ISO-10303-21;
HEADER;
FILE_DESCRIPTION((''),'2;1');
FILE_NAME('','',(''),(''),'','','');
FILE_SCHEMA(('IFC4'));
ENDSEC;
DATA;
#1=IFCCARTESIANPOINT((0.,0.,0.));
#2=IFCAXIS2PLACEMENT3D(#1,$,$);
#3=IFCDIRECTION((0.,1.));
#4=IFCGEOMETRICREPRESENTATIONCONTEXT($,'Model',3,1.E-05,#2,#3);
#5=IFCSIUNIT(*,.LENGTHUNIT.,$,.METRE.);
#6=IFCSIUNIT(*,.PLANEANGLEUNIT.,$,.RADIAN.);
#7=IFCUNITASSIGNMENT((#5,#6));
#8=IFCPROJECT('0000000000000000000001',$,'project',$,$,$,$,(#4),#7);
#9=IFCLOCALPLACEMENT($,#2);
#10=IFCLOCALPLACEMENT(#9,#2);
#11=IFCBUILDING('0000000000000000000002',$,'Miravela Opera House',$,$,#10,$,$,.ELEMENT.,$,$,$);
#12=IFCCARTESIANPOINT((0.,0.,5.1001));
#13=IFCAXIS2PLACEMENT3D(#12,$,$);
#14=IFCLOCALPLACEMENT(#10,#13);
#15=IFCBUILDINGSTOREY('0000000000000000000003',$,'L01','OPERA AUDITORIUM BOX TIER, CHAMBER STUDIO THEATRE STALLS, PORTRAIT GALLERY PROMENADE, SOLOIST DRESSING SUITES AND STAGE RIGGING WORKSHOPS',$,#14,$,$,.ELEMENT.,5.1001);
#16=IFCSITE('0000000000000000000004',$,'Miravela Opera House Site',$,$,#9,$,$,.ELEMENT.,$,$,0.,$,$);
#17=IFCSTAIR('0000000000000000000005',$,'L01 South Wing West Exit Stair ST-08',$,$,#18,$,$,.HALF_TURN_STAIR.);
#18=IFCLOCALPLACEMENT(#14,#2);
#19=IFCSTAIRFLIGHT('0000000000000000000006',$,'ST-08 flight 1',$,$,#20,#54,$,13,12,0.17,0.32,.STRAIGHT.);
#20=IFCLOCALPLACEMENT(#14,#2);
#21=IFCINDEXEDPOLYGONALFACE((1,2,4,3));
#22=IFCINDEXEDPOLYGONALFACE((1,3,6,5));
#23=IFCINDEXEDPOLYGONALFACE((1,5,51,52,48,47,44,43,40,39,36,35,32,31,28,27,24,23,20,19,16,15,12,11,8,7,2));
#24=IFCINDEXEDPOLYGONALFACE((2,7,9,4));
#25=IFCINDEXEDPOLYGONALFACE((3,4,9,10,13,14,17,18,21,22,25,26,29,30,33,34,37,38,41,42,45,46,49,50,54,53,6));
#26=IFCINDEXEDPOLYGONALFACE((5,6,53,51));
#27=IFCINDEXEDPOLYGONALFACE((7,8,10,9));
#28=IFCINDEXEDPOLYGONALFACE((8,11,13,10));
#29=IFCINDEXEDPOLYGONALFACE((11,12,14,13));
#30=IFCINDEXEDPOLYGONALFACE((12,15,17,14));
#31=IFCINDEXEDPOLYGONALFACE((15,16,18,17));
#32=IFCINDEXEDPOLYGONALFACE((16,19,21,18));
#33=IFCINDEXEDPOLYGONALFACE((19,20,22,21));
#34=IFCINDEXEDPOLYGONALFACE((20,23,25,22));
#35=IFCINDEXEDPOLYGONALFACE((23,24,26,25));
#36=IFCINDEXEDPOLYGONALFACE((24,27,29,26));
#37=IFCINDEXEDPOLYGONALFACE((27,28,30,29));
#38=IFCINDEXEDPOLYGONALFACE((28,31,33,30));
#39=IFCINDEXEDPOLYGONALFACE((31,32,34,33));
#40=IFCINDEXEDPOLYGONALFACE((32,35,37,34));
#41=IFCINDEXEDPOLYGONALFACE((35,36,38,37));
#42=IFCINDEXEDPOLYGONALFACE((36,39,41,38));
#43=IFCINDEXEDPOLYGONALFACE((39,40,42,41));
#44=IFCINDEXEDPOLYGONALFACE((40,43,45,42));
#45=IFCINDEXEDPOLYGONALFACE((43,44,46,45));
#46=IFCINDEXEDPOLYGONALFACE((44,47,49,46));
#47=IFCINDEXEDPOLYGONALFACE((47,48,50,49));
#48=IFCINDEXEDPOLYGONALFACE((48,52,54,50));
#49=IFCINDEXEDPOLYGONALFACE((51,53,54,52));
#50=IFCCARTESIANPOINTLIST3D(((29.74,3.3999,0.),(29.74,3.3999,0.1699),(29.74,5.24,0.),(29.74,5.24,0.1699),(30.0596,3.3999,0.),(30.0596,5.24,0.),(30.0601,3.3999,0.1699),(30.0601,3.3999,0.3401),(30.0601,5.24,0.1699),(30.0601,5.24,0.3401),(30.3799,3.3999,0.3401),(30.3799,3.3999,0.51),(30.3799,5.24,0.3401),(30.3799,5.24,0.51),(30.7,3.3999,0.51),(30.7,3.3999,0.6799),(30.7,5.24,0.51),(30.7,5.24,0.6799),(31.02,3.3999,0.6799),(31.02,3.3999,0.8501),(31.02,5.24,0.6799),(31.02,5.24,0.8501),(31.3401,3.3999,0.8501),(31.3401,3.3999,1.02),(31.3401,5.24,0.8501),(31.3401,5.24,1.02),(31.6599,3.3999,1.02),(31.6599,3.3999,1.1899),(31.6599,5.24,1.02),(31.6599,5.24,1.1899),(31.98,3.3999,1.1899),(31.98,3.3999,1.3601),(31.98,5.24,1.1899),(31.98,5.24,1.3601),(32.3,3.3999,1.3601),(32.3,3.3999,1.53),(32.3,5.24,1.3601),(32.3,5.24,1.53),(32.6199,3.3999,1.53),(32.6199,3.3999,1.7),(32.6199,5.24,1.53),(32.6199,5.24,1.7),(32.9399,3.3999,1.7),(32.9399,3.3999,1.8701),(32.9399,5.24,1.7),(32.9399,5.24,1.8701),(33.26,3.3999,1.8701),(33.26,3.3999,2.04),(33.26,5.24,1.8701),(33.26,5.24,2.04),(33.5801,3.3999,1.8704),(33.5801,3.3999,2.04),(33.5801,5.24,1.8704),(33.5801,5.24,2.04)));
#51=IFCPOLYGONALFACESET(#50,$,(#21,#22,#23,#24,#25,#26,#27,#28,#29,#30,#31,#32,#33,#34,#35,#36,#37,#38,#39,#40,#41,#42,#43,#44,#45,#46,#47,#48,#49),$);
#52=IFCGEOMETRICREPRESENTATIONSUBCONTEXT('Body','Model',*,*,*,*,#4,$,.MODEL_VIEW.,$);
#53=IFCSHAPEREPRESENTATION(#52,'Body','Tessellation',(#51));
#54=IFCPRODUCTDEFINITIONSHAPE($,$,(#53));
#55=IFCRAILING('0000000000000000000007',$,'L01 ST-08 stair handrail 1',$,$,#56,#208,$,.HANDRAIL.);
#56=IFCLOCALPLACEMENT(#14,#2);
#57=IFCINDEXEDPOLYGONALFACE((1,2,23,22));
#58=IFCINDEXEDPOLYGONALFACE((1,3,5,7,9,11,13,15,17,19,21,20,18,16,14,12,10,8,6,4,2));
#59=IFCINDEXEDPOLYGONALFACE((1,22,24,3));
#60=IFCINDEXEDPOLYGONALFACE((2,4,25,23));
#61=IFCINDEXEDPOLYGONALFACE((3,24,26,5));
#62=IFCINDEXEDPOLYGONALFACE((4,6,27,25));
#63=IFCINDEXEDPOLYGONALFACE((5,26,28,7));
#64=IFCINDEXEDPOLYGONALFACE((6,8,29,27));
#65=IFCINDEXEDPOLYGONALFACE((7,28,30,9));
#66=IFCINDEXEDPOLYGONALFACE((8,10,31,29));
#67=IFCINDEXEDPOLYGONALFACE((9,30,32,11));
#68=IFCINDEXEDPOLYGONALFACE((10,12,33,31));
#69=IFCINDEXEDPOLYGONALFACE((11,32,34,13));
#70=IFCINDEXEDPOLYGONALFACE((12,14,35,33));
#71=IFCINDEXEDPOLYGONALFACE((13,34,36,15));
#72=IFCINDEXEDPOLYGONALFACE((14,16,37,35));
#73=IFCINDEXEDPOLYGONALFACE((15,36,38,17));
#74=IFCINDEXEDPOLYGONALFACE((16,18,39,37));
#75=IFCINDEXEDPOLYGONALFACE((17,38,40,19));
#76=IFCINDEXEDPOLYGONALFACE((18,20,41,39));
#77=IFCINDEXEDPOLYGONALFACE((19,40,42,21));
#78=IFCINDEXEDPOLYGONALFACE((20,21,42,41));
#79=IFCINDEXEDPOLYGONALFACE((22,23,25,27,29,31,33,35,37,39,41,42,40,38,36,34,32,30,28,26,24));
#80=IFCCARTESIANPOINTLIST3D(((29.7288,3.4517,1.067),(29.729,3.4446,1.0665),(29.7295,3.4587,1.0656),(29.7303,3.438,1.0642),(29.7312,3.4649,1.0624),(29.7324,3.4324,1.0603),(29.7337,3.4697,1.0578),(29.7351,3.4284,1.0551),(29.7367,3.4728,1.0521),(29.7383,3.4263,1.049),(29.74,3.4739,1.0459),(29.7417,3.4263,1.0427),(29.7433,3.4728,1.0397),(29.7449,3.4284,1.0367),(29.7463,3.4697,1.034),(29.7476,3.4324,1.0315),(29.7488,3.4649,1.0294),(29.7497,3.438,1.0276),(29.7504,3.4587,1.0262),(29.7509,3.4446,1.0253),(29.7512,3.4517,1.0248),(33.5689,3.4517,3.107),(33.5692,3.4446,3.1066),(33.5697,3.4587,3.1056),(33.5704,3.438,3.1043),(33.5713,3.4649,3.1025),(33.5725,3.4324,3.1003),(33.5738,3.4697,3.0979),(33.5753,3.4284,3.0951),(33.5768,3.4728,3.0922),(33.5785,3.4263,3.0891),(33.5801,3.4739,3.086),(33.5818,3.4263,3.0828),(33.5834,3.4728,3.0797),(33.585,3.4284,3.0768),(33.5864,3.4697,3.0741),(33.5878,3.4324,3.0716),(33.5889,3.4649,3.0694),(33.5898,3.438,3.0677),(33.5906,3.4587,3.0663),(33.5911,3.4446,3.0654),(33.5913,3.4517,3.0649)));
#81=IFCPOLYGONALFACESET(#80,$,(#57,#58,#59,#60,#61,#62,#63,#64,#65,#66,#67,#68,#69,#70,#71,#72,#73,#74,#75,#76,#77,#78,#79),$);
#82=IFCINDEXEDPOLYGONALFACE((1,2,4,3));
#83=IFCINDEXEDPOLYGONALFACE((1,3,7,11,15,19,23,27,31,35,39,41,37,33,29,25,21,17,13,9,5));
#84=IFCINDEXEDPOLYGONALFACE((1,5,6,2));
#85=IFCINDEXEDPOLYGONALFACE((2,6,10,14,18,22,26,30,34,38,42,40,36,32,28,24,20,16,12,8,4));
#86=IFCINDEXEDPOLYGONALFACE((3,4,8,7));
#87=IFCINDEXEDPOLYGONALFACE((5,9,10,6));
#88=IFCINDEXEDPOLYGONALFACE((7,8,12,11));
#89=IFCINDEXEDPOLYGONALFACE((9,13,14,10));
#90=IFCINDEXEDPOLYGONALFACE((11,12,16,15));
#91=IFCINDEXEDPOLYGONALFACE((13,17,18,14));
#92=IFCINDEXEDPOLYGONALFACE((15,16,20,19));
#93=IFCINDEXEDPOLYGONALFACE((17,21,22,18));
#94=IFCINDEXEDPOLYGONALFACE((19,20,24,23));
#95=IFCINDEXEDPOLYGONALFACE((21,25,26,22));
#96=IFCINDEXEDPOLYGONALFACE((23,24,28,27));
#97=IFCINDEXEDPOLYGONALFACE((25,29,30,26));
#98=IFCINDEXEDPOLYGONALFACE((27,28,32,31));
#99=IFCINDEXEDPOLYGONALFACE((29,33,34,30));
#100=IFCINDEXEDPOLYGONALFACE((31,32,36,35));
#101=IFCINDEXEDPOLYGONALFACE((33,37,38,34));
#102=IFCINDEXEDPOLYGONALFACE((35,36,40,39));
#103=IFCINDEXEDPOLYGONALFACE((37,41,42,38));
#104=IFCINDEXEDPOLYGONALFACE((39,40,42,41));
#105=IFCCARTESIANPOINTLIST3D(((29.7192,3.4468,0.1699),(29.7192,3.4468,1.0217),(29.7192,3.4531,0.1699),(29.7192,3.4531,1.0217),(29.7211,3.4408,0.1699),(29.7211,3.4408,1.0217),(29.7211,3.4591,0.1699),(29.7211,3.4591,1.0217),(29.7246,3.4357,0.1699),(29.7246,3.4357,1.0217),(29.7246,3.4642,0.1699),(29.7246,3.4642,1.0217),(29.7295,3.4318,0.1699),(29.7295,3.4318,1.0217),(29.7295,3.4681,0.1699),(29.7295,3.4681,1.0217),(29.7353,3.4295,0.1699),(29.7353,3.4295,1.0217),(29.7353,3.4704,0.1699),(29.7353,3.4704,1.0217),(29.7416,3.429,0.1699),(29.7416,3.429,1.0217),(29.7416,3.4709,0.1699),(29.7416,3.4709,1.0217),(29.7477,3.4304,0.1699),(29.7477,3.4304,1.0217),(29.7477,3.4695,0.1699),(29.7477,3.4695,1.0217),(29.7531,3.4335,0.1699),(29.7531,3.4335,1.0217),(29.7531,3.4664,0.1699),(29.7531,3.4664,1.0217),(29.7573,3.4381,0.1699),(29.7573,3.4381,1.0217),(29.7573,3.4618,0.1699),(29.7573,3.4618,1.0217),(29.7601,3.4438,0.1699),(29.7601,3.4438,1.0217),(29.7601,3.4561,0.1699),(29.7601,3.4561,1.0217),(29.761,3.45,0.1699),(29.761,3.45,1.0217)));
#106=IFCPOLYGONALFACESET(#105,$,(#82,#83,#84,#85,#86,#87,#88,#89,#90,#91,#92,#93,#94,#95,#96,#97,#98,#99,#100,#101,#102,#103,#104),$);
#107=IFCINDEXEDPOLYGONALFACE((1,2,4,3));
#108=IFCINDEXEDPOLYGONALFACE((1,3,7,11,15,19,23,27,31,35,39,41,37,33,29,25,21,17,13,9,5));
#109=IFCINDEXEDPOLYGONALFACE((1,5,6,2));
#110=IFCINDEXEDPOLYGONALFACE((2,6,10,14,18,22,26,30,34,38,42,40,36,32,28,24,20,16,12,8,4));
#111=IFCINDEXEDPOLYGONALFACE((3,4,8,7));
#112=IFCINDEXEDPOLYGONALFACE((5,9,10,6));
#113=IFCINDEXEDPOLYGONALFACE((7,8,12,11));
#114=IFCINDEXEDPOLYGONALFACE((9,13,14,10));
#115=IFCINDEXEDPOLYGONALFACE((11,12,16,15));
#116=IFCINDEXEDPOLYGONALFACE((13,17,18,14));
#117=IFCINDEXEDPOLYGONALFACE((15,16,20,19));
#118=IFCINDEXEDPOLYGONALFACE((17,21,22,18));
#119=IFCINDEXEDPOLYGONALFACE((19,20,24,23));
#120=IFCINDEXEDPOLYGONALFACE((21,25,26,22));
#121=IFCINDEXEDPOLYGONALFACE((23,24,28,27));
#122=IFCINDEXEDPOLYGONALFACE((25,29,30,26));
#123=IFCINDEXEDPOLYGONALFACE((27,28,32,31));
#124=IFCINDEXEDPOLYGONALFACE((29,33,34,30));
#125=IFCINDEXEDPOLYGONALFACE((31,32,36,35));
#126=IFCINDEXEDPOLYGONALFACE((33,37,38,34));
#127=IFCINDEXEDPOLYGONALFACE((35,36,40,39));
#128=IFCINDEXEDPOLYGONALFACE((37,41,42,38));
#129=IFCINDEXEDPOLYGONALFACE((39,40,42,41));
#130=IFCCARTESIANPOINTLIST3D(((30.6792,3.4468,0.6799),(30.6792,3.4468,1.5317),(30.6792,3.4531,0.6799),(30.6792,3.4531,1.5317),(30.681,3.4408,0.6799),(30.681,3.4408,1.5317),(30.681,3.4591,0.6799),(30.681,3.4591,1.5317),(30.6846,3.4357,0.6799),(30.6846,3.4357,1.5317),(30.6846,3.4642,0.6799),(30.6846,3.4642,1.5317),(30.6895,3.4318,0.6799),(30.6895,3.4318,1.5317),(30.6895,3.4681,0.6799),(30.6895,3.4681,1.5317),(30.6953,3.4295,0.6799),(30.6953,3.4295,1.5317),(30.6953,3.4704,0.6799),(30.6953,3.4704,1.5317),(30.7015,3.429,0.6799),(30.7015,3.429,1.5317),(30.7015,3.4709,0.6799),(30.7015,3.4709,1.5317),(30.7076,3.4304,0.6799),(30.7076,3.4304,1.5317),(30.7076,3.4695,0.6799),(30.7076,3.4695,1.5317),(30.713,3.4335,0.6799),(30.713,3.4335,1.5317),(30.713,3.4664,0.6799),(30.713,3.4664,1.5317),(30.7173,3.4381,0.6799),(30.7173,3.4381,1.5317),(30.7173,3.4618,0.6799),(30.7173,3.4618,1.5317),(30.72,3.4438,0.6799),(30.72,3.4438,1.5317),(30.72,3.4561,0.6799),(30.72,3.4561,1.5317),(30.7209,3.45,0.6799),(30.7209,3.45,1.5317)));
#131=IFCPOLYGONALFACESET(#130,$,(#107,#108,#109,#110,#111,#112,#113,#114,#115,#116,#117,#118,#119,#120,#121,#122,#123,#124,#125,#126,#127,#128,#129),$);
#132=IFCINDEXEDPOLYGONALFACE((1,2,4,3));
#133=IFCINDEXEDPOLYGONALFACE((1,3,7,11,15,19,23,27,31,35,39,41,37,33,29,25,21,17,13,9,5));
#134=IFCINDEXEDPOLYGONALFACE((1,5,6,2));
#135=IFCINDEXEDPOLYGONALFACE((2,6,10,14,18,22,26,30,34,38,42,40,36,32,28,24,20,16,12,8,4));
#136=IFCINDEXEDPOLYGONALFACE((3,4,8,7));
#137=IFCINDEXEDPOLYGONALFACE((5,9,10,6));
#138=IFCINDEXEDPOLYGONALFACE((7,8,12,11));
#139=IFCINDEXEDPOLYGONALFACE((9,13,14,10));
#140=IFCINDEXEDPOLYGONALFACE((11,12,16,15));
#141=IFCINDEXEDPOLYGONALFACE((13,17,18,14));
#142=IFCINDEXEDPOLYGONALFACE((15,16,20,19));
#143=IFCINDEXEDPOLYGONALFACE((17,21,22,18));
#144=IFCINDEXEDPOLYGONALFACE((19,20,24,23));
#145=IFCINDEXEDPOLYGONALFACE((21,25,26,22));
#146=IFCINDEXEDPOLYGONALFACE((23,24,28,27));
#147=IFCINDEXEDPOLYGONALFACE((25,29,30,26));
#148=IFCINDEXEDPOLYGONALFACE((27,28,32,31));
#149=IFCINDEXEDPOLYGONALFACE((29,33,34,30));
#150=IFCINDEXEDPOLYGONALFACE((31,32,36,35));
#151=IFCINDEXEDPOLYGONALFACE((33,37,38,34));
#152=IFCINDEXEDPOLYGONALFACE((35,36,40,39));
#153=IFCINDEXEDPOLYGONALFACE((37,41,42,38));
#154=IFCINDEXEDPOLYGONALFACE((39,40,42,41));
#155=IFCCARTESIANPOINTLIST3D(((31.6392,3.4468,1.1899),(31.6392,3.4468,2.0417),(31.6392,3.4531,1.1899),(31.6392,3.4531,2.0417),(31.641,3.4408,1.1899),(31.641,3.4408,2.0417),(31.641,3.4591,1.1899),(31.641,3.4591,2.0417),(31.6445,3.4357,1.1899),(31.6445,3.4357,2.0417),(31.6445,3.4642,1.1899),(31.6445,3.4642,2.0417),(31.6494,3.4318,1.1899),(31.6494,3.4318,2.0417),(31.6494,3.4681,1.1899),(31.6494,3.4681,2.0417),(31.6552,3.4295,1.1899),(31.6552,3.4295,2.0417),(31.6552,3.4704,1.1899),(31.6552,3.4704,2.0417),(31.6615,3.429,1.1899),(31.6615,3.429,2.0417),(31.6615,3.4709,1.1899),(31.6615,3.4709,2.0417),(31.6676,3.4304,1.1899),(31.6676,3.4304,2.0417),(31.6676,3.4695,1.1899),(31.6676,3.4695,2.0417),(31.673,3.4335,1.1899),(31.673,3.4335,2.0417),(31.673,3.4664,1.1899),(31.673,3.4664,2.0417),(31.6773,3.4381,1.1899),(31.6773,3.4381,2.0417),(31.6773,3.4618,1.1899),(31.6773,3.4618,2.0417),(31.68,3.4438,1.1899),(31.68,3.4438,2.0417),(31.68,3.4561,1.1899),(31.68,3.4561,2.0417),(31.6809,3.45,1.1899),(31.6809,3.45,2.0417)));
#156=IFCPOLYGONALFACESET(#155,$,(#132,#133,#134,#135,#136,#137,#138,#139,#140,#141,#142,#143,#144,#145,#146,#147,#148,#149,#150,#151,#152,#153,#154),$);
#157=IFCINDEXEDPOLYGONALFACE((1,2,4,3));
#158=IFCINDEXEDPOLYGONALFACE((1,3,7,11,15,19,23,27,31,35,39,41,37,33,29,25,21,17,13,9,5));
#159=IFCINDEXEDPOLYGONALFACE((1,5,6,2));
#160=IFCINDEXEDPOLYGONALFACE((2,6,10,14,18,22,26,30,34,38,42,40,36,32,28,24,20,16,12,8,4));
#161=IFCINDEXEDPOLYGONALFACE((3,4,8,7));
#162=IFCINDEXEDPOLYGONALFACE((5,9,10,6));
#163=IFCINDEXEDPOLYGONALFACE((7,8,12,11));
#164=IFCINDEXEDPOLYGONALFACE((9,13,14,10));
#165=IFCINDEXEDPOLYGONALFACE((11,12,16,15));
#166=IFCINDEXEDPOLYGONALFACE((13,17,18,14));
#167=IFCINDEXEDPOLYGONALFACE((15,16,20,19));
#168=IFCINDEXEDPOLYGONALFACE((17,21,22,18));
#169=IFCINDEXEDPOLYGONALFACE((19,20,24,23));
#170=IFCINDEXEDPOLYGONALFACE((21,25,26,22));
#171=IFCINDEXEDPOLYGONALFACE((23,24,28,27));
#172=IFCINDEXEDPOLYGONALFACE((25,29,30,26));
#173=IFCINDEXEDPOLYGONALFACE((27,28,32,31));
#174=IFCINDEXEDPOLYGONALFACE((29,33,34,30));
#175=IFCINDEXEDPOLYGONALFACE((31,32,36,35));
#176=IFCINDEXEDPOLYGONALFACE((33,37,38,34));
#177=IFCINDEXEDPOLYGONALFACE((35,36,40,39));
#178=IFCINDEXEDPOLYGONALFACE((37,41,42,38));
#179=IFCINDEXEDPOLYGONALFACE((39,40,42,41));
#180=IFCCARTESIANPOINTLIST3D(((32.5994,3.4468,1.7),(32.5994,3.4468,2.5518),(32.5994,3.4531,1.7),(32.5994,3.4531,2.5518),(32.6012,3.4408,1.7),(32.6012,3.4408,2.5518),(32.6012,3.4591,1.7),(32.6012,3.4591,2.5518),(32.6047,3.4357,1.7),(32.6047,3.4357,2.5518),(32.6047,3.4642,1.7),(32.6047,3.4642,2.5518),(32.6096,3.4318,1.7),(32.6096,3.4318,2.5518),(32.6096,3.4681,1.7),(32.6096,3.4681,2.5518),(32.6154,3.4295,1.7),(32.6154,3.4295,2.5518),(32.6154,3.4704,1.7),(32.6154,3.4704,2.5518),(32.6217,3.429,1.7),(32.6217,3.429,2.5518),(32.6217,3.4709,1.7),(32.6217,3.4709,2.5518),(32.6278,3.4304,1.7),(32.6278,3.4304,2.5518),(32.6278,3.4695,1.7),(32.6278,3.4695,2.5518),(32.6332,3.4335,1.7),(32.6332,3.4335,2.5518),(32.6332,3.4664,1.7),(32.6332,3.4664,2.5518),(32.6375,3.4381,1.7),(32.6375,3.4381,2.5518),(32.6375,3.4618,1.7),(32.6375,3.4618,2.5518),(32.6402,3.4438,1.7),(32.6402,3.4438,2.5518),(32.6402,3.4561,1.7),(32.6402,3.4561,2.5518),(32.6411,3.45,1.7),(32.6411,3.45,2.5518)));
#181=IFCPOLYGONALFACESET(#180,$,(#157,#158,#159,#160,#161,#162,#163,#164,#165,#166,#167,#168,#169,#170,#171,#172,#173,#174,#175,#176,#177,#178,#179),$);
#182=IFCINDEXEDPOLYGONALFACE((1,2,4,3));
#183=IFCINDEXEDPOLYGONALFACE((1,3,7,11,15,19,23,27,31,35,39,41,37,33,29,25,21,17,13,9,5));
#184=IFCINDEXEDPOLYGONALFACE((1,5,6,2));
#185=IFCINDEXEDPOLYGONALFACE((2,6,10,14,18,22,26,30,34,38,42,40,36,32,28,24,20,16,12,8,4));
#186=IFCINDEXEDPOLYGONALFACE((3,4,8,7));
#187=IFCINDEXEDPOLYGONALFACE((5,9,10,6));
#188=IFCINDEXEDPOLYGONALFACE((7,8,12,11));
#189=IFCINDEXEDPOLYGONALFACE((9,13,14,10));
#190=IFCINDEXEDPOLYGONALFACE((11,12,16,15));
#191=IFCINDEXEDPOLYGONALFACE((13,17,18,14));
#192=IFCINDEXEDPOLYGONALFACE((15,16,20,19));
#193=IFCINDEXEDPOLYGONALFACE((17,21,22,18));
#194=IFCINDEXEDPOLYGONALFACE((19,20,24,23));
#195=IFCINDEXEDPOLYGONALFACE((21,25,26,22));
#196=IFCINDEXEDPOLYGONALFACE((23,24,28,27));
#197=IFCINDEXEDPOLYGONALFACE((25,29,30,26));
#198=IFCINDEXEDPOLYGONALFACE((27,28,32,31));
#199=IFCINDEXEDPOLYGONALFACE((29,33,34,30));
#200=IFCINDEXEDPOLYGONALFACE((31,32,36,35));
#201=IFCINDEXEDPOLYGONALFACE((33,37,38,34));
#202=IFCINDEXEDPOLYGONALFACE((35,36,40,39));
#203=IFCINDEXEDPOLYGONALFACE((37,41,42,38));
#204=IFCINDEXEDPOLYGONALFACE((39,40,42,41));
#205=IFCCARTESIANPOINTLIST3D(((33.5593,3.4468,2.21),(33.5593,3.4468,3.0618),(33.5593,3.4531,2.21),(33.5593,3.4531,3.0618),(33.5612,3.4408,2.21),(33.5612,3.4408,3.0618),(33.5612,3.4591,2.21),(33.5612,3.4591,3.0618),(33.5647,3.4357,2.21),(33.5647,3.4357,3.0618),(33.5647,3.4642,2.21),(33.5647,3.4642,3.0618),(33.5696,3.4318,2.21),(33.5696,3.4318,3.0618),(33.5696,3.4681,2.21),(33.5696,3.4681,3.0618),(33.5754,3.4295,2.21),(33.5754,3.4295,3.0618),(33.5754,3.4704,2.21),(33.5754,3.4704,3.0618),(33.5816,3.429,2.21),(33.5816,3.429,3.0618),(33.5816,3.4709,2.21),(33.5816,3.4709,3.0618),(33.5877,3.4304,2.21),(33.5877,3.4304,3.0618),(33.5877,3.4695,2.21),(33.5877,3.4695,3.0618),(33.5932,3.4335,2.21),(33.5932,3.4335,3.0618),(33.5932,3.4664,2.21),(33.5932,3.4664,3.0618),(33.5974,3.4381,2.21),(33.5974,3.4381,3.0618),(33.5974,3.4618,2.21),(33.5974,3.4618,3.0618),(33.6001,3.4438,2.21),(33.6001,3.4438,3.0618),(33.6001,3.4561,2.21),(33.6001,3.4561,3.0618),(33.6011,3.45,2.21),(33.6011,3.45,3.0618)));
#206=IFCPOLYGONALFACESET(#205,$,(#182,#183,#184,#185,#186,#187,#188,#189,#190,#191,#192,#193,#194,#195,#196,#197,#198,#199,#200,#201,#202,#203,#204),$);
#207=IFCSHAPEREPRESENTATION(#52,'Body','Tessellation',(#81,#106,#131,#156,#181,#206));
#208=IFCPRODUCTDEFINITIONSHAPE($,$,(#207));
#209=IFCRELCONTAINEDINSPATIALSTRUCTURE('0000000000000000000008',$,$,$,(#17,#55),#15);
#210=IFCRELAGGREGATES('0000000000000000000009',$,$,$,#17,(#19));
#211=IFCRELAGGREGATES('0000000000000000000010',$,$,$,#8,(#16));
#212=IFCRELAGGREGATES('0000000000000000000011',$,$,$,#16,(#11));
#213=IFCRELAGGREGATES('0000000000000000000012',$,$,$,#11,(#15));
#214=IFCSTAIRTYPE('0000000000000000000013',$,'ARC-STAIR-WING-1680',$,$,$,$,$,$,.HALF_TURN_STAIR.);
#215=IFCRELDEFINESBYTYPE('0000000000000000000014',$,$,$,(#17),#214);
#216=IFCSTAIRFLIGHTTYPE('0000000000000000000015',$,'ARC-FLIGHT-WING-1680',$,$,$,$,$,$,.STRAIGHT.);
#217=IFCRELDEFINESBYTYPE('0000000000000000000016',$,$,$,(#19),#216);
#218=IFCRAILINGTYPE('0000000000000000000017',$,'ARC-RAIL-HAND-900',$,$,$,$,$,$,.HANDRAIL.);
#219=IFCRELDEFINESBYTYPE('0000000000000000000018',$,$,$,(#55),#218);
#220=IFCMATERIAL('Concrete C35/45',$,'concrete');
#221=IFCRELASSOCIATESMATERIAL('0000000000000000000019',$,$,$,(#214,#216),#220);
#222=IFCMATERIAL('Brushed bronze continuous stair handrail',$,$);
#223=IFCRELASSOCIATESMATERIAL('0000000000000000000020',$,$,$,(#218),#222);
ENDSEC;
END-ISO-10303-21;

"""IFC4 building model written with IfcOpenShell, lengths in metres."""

from ifc_helpers import new_model, si_unit, direction, frame, origin, origin_2d, place, context, subcontext, project, spatial, polyline, circle, outline, extrude, material, type_object, element, aggregate, save


model = new_model("IFC4")

# Units and contexts
model_context = context("Model", 3, precision=1e-05, world=origin(), true_north=direction((0.0, 1.0)))
body_context = subcontext(model_context, "Body", "Model", "MODEL_VIEW")
ifc_project = project(units=[si_unit("LENGTHUNIT", "METRE"), si_unit("PLANEANGLEUNIT", "RADIAN")], contexts=[model_context])

# Site, building, storey
site_placement = place(None, origin())
site = spatial("IfcSite", under=ifc_project, at=site_placement, Name="Miravela Opera House Site", CompositionType="ELEMENT", RefElevation=0.0)
building_placement = place(site_placement, origin())
building = spatial("IfcBuilding", under=site, at=building_placement, Name="Miravela Opera House", CompositionType="ELEMENT")
storey_placement = place(building_placement, frame((0.0, 0.0, 5.1001)))
storey = spatial("IfcBuildingStorey", under=building, at=storey_placement, Name="L01", Description="OPERA AUDITORIUM BOX TIER, CHAMBER STUDIO THEATRE STALLS, PORTRAIT GALLERY PROMENADE, SOLOIST DRESSING SUITES AND STAGE RIGGING WORKSHOPS", CompositionType="ELEMENT", Elevation=5.1001)

# Shared definitions
ifc_material_1 = material(Name="Concrete C35/45", Category="concrete")

# Stair, stair flight
stair_type = type_object("IfcStairType", Name="ARC-STAIR-WING-1680", PredefinedType="HALF_TURN_STAIR", material=ifc_material_1)
stair_placement = place(storey_placement, origin())
stair = element("IfcStair", 1, at=stair_placement, inside=storey, type_object=stair_type, Name="L01 South Wing West Exit Stair ST-08", PredefinedType="HALF_TURN_STAIR")
stair_flight_type = type_object("IfcStairFlightType", Name="ARC-FLIGHT-WING-1680", PredefinedType="STRAIGHT", material=ifc_material_1)
stair_flight_placement = place(storey_placement, frame((29.74, 4.3201, 0.0), z_axis=(0.0, 0.0, 1.0), x_axis=(1.0, 0.0, 0.0)))
stair_flight = element("IfcStairFlight", 2, at=stair_flight_placement, type_object=stair_flight_type, Name="ST-08 flight 1", NumberOfRisers=13, NumberOfTreads=12, PredefinedType="STRAIGHT", RiserHeight=0.17, TreadLength=0.32, context=body_context, shape_type="SweptSolid", body=[
    extrude(outline(polyline([(0.0, 0.0), (0.0, 0.1699), (0.3201, 0.1699), (0.3201, 0.3401), (0.6399, 0.3401), (0.6399, 0.51), (0.96, 0.51), (0.96, 0.6799), (1.28, 0.6799), (1.28, 0.8501), (1.6001, 0.8501), (1.6001, 1.02), (1.9199, 1.02), (1.9199, 1.1899), (2.24, 1.1899), (2.24, 1.3601), (2.5601, 1.3601), (2.5601, 1.53), (2.8799, 1.53), (2.8799, 1.7), (3.2, 1.7), (3.2, 1.8701), (3.52, 1.8701), (3.52, 2.04), (3.8401, 2.04), (3.8401, 2.21), (3.8401, 1.8704), (0.3196, 0.0), (0.0, 0.0)])), frame((0.0, 0.9199, 0.0), z_axis=(0.0, -1.0, 0.0), x_axis=(1.0, 0.0, 0.0)), (0.0, 0.0, 1.0), 1.8401),
])
aggregate(stair, [stair_flight])

# Railing
ifc_material_2 = material(Name="Brushed bronze continuous stair handrail")
railing_type_1 = type_object("IfcRailingType", Name="ARC-RAIL-HAND-900", PredefinedType="HANDRAIL", material=ifc_material_2)
railing_1_placement = place(storey_placement, frame((29.74, 3.45, 0.1699)))
element("IfcRailing", 3, at=railing_1_placement, inside=storey, type_object=railing_type_1, Name="L01 ST-08 stair handrail 1", PredefinedType="HANDRAIL", context=body_context, shape_type="SweptSolid", body=[
    extrude(circle(Radius=0.0239, at=origin_2d()), frame((0.0, 0.0, 0.876), z_axis=(0.883116, 0.0, 0.469154), x_axis=(0.0, 1.0, 0.0)), (0.0, 0.0, 1.0), 4.3484),
    extrude(circle(Radius=0.021, at=origin_2d()), origin(), (0.0, 0.0, 1.0), 0.8518),
    extrude(circle(Radius=0.021, at=origin_2d()), frame((0.96, 0.0, 0.51)), (0.0, 0.0, 1.0), 0.8518),
    extrude(circle(Radius=0.021, at=origin_2d()), frame((1.9199, 0.0, 1.02)), (0.0, 0.0, 1.0), 0.8518),
    extrude(circle(Radius=0.021, at=origin_2d()), frame((2.8801, 0.0, 1.53)), (0.0, 0.0, 1.0), 0.8518),
    extrude(circle(Radius=0.021, at=origin_2d()), frame((3.8401, 0.0, 2.04)), (0.0, 0.0, 1.0), 0.8518),
])

save(model, "model.ifc")
